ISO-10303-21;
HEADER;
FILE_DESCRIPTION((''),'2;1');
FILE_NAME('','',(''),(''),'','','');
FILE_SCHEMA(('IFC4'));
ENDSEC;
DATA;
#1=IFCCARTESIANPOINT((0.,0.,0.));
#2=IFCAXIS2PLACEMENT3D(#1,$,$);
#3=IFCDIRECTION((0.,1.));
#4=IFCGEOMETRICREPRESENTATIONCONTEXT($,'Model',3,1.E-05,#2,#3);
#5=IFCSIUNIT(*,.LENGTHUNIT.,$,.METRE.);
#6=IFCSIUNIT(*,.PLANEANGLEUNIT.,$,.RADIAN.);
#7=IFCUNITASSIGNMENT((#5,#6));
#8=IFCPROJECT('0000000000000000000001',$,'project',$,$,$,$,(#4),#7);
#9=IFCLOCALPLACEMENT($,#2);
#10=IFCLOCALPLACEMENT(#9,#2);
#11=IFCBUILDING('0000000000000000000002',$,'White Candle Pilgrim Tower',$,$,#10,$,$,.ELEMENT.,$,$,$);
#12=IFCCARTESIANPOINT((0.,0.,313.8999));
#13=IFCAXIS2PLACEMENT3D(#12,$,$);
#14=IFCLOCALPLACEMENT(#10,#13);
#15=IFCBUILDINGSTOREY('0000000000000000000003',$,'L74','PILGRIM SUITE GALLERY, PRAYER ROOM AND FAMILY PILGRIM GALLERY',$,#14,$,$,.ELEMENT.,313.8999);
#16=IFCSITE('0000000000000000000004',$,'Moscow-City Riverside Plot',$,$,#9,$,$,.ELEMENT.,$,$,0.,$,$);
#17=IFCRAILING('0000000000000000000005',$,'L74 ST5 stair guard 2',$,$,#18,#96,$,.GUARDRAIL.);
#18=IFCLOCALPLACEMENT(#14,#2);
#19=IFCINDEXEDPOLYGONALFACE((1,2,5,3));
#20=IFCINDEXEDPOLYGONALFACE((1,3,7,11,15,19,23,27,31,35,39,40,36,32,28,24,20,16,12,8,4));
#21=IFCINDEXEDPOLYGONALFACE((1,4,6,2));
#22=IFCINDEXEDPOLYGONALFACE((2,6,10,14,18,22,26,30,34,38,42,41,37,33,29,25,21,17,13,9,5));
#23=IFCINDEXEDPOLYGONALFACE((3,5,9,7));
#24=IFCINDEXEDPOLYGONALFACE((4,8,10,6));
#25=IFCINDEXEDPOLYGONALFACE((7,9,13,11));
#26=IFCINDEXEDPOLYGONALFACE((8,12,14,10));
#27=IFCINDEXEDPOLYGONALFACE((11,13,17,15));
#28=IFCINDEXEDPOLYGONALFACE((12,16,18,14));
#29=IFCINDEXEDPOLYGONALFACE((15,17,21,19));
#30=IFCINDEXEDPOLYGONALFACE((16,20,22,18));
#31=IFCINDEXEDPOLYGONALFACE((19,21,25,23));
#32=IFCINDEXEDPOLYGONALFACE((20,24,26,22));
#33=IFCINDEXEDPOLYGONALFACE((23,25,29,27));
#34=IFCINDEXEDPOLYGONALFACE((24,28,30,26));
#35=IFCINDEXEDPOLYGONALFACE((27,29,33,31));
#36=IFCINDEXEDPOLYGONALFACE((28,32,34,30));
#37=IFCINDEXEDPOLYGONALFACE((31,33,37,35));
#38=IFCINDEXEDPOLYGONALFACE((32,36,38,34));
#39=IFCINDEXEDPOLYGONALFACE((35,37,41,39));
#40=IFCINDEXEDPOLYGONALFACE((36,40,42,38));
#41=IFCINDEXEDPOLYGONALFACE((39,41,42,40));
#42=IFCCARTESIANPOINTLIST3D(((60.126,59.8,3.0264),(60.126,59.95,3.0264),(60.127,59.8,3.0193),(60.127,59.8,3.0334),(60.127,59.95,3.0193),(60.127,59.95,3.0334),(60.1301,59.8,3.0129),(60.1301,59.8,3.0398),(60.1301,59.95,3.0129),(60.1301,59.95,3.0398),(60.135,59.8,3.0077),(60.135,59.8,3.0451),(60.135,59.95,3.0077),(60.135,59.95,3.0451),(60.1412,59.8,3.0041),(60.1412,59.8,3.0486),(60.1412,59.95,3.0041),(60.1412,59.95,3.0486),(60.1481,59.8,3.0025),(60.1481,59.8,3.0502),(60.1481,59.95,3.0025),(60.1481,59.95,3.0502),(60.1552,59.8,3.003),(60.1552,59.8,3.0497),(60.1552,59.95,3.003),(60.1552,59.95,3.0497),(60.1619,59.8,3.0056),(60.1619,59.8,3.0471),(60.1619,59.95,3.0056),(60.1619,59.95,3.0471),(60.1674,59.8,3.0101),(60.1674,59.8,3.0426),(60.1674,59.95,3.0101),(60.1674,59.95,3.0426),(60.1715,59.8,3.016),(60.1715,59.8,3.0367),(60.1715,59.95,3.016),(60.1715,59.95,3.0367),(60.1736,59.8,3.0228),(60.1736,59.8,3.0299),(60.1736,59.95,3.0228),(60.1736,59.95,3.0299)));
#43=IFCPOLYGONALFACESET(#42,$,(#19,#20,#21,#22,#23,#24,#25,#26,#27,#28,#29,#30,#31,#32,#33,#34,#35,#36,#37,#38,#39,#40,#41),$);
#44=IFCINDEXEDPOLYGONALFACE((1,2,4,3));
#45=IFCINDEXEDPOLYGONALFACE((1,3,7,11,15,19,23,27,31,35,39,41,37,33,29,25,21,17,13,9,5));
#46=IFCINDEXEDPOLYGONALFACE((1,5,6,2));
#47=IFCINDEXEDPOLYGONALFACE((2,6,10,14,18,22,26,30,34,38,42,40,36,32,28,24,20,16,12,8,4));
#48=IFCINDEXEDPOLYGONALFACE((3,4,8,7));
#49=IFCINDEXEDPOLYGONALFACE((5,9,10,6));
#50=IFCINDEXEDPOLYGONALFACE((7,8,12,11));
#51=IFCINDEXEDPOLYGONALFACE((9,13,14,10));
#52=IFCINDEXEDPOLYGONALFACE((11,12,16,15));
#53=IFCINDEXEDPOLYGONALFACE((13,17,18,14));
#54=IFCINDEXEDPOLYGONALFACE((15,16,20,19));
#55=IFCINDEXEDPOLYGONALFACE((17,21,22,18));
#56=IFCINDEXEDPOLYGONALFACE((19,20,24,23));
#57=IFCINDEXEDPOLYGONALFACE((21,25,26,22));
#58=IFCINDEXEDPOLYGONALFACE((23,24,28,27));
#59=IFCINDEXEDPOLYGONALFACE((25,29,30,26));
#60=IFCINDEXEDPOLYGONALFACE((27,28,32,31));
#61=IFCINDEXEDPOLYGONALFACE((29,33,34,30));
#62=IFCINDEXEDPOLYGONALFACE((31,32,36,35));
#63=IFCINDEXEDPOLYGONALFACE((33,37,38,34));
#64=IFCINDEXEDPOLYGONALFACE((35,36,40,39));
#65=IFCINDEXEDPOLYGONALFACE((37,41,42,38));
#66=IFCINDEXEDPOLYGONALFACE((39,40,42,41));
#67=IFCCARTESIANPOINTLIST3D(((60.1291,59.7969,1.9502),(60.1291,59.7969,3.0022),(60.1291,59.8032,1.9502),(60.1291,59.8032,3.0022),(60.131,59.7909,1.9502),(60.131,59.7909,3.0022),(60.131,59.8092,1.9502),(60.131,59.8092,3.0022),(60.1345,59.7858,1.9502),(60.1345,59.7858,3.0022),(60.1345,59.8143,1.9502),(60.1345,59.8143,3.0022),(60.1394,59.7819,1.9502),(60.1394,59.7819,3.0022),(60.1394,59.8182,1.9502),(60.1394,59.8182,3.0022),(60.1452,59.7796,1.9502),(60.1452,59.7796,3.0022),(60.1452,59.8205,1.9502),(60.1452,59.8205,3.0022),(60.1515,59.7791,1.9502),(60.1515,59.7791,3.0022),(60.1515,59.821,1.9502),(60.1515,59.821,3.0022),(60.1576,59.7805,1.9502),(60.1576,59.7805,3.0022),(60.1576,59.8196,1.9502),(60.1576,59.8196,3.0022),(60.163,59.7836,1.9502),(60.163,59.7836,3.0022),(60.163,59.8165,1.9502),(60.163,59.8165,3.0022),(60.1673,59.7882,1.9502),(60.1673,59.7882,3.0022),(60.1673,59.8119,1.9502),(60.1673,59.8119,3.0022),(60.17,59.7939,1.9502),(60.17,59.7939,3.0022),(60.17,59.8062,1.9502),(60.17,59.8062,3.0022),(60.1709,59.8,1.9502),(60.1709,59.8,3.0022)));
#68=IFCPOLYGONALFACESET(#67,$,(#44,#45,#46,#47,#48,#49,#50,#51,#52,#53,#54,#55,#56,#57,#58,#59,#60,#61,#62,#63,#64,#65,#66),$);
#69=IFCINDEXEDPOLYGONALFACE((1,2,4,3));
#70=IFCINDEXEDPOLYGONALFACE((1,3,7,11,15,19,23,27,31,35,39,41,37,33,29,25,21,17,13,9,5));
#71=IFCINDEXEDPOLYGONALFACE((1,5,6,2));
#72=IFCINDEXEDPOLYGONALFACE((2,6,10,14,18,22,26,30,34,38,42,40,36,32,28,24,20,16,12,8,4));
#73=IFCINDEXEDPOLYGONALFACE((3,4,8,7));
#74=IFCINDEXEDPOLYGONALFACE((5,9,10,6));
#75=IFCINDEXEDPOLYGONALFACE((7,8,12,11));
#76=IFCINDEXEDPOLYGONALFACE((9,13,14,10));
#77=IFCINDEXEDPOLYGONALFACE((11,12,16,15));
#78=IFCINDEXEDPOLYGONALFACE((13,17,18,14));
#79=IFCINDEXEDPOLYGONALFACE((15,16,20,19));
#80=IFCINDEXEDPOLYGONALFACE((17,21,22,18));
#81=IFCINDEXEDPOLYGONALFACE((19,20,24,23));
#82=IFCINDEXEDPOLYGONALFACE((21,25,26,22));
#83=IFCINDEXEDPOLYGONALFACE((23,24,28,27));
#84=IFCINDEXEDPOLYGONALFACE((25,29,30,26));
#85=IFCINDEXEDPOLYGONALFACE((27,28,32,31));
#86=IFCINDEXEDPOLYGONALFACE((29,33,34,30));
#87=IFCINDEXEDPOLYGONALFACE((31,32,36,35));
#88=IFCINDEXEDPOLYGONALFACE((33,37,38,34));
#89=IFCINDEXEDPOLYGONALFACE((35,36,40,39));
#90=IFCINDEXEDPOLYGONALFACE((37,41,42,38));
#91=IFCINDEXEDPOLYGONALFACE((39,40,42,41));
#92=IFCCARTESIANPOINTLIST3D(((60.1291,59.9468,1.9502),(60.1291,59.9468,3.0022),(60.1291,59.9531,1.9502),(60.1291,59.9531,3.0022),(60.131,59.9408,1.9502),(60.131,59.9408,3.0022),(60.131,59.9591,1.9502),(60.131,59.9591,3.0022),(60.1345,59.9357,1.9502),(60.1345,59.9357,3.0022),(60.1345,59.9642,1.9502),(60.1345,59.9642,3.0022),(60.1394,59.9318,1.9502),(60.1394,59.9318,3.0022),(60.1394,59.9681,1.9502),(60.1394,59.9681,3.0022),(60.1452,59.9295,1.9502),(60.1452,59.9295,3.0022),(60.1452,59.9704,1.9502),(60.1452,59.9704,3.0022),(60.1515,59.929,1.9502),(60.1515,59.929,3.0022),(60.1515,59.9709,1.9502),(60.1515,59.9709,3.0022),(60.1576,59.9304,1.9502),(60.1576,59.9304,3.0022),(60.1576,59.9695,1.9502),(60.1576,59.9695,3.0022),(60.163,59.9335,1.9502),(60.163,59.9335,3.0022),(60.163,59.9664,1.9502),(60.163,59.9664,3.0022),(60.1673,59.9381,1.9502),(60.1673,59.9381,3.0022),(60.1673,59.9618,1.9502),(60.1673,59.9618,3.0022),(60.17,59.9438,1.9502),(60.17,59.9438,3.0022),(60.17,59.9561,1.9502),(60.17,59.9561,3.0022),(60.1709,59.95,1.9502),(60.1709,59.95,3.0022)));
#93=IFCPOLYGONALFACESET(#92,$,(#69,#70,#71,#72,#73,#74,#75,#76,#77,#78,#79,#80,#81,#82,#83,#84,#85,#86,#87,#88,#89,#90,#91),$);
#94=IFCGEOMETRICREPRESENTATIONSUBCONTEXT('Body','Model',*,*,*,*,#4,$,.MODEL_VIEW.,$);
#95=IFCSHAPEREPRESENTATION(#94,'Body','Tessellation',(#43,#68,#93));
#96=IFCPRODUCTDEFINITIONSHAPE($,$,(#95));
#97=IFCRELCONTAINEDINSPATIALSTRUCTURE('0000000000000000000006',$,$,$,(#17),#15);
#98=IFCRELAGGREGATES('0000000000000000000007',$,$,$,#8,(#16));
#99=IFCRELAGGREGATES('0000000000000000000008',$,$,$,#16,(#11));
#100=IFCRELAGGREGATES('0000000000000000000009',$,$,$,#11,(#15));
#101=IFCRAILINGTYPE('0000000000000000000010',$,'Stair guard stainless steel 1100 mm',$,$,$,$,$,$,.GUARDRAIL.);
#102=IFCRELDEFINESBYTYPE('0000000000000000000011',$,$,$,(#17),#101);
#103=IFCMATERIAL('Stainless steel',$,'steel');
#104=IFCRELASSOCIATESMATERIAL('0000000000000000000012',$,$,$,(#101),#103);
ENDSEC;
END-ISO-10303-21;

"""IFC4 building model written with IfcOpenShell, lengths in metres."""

from ifc_helpers import new_model, si_unit, direction, frame, origin, origin_2d, place, context, subcontext, project, spatial, circle, extrude, material, type_object, element, save


model = new_model("IFC4")

# Units and contexts
model_context = context("Model", 3, precision=1e-05, world=origin(), true_north=direction((0.0, 1.0)))
body_context = subcontext(model_context, "Body", "Model", "MODEL_VIEW")
ifc_project = project(units=[si_unit("LENGTHUNIT", "METRE"), si_unit("PLANEANGLEUNIT", "RADIAN")], contexts=[model_context])

# Site, building, storey
site_placement = place(None, origin())
site = spatial("IfcSite", under=ifc_project, at=site_placement, Name="Moscow-City Riverside Plot", CompositionType="ELEMENT", RefElevation=0.0)
building_placement = place(site_placement, origin())
building = spatial("IfcBuilding", under=site, at=building_placement, Name="White Candle Pilgrim Tower", CompositionType="ELEMENT")
storey_placement = place(building_placement, frame((0.0, 0.0, 313.8999)))
storey = spatial("IfcBuildingStorey", under=building, at=storey_placement, Name="L74", Description="PILGRIM SUITE GALLERY, PRAYER ROOM AND FAMILY PILGRIM GALLERY", CompositionType="ELEMENT", Elevation=313.8999)

# Railing
ifc_material_1 = material(Name="Stainless steel", Category="steel")
railing_type_1 = type_object("IfcRailingType", Name="Stair guard stainless steel 1100 mm", PredefinedType="GUARDRAIL", material=ifc_material_1)
railing_1_placement = place(storey_placement, frame((60.1499, 59.8, 1.9502)))
element("IfcRailing", 1, at=railing_1_placement, inside=storey, type_object=railing_type_1, Name="L74 ST5 stair guard 2", PredefinedType="GUARDRAIL", context=body_context, shape_type="SweptSolid", body=[
    extrude(circle(Radius=0.0239, at=origin_2d()), frame((0.0, 0.0, 1.0762), z_axis=(0.0, 1.0, 0.0), x_axis=(-1.0, 0.0, 0.0)), (0.0, 0.0, 1.0), 0.1499),
    extrude(circle(Radius=0.021, at=origin_2d()), origin(), (0.0, 0.0, 1.0), 1.052),
    extrude(circle(Radius=0.021, at=origin_2d()), frame((0.0, 0.1499, 0.0)), (0.0, 0.0, 1.0), 1.052),
])

save(model, "model.ifc")
